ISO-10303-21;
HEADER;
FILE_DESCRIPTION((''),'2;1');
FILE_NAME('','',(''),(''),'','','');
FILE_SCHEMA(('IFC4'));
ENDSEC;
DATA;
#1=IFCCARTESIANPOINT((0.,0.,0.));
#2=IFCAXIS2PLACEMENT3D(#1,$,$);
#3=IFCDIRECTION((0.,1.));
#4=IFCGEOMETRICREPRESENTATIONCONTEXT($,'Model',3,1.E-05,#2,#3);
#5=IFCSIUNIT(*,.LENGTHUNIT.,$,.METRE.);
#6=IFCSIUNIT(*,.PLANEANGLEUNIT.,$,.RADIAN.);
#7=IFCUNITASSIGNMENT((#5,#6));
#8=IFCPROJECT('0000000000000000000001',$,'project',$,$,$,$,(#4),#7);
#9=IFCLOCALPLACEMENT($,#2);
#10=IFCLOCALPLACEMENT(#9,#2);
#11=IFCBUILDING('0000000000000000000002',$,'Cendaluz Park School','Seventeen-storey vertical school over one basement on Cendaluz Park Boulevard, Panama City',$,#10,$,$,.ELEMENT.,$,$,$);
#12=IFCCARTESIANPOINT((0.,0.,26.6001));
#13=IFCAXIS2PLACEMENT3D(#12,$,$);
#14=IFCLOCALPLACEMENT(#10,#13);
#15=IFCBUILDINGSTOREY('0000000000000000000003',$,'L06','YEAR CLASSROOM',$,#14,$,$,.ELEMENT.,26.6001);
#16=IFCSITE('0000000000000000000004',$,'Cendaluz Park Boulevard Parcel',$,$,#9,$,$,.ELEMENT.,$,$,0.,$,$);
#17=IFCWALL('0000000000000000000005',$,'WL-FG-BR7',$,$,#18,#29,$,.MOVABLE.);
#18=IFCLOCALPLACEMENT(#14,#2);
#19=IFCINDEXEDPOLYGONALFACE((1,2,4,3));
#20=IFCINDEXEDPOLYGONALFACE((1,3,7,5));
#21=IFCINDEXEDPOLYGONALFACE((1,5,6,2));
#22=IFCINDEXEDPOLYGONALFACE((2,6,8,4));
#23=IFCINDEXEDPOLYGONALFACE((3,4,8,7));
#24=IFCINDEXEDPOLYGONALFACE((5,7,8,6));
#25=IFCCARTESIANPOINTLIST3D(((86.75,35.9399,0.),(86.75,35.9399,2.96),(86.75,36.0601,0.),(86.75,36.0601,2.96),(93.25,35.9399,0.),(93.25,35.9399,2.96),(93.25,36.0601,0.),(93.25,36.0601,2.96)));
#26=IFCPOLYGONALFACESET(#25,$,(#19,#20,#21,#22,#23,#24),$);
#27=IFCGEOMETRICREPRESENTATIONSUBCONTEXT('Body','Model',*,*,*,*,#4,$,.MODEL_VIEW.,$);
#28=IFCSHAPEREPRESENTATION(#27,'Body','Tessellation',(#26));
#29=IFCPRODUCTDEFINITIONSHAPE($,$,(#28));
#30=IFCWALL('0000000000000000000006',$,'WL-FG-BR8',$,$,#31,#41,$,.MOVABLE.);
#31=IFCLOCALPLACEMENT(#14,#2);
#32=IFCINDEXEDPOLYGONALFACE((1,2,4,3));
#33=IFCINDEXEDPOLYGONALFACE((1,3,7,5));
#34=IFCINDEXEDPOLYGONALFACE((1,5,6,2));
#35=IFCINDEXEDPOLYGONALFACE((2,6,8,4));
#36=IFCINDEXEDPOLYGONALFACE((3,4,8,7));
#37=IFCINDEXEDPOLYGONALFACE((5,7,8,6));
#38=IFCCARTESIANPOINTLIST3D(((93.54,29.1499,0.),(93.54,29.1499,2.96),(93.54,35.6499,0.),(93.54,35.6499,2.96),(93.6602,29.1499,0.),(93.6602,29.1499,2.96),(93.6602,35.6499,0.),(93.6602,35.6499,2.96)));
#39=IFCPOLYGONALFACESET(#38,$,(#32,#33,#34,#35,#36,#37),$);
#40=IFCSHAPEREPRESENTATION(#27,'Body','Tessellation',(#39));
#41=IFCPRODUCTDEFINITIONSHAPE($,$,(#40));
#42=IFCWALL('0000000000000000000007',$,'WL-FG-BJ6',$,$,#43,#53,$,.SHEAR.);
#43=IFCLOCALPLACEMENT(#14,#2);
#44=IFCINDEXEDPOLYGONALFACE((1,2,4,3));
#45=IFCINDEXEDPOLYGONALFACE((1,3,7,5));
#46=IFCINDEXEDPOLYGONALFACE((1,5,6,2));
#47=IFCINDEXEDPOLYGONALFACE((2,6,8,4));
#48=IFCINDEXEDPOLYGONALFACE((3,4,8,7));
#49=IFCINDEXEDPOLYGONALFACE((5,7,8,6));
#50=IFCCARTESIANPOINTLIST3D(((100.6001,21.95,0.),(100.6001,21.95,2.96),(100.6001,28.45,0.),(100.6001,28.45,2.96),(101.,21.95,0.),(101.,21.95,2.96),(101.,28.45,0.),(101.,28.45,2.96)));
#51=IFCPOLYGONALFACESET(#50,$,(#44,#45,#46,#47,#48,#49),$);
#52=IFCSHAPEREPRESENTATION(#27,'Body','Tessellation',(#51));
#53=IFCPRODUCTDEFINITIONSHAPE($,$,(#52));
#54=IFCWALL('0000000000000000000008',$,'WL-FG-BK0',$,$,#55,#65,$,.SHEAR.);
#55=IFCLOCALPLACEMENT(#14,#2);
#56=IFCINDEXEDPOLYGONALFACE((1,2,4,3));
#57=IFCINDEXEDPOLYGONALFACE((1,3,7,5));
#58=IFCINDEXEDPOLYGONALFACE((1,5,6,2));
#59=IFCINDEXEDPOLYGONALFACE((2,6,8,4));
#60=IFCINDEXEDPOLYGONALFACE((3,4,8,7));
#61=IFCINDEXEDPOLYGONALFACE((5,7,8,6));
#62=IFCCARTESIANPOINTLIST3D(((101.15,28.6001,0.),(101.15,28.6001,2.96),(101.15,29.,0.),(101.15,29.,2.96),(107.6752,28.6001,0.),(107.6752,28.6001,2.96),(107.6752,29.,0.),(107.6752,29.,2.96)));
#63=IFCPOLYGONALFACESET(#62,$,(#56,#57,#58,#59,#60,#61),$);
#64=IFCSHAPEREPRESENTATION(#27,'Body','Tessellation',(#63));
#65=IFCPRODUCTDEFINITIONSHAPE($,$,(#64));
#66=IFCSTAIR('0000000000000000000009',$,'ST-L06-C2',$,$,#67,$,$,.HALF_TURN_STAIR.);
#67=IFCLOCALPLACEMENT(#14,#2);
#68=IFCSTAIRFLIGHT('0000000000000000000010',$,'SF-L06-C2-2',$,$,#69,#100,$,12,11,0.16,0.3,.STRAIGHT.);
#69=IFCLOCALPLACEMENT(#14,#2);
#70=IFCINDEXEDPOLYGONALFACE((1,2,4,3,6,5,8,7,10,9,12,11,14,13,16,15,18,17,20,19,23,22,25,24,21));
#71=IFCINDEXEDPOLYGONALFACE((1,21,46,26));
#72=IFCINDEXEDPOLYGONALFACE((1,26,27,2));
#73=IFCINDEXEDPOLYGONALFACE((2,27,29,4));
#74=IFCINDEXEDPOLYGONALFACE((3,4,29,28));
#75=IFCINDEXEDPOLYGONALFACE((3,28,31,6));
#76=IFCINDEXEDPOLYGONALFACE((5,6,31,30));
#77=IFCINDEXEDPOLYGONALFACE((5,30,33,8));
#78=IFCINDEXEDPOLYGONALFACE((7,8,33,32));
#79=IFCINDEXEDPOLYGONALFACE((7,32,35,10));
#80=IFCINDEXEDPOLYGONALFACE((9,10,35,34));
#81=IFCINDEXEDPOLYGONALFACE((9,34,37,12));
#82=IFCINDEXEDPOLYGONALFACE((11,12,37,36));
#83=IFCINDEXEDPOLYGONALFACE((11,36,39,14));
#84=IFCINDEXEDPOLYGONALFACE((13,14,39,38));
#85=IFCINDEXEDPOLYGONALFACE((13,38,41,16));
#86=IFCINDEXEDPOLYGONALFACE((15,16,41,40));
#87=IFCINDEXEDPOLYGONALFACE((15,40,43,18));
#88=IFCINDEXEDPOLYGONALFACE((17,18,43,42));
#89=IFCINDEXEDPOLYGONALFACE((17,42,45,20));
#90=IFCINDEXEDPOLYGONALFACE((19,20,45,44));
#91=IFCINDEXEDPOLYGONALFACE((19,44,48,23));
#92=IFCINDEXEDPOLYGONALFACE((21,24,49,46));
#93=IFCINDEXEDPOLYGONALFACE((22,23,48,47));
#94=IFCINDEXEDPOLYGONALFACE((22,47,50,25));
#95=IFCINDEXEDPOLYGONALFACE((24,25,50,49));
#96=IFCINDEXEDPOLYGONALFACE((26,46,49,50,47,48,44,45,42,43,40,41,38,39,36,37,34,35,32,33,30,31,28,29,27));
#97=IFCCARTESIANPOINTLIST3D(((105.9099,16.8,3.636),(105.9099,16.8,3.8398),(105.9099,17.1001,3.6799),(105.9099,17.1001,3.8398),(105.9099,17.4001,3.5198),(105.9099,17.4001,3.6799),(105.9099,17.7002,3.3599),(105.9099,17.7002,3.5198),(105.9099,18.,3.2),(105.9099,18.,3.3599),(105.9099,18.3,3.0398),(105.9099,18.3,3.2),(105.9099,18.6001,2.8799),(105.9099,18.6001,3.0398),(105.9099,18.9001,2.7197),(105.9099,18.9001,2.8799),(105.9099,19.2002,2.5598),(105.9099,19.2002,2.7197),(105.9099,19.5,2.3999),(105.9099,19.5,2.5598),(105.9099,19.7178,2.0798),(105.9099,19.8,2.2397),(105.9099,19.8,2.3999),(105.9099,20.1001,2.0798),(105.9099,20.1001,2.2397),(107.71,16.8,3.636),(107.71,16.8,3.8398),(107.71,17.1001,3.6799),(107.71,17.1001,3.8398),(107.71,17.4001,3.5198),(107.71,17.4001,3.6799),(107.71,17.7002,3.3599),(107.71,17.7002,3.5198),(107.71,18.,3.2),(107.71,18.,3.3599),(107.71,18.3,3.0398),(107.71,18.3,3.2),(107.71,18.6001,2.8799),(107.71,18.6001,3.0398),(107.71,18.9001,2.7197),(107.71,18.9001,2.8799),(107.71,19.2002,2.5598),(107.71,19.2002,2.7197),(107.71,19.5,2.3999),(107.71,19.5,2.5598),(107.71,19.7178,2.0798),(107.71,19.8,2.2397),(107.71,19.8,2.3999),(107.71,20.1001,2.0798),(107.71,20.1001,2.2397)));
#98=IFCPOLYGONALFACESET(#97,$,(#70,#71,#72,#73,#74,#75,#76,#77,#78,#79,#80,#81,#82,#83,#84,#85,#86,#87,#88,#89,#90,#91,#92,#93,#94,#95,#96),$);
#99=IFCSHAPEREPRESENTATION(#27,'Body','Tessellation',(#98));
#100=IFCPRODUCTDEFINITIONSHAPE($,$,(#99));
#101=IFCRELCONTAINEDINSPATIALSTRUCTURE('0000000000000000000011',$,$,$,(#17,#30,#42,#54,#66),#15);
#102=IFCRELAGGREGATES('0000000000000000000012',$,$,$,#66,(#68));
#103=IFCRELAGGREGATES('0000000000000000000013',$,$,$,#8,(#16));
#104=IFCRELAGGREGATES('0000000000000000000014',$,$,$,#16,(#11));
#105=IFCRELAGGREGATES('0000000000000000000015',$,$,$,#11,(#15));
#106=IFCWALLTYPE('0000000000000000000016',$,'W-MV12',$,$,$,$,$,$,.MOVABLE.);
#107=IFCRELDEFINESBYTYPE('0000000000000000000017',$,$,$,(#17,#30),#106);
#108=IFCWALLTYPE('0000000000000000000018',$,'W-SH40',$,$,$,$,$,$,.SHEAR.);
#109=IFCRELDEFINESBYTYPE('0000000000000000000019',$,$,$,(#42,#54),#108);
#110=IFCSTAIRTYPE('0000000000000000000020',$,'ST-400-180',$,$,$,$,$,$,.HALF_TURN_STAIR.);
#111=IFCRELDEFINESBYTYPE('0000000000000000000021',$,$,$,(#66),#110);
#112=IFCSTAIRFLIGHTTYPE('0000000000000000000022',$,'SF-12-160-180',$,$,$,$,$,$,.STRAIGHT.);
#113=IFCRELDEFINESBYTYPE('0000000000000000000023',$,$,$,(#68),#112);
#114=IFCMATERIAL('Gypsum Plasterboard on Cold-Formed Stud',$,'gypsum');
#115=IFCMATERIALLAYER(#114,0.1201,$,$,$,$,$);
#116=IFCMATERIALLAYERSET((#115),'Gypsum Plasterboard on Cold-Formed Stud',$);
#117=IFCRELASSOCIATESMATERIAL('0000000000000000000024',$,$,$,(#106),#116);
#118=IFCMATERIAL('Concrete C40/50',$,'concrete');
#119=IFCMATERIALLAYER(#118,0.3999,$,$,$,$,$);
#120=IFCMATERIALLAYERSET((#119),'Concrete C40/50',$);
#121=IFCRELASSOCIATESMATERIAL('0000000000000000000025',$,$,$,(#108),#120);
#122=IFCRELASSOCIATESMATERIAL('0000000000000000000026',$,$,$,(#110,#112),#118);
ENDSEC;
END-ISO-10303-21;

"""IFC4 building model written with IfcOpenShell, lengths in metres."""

from ifc_helpers import new_model, si_unit, direction, frame, frame_2d, origin, place, context, subcontext, project, spatial, polyline, rectangle, outline, extrude, material, layer, layer_set, type_object, element, aggregate, save


model = new_model("IFC4")

# Units and contexts
model_context = context("Model", 3, precision=1e-05, world=origin(), true_north=direction((0.0, 1.0)))
body_context = subcontext(model_context, "Body", "Model", "MODEL_VIEW")
ifc_project = project(units=[si_unit("LENGTHUNIT", "METRE"), si_unit("PLANEANGLEUNIT", "RADIAN")], contexts=[model_context])

# Site, building, storey
site_placement = place(None, origin())
site = spatial("IfcSite", under=ifc_project, at=site_placement, Name="Cendaluz Park Boulevard Parcel", CompositionType="ELEMENT", RefElevation=0.0)
building_placement = place(site_placement, origin())
building = spatial("IfcBuilding", under=site, at=building_placement, Name="Cendaluz Park School", Description="Seventeen-storey vertical school over one basement on Cendaluz Park Boulevard, Panama City", CompositionType="ELEMENT")
storey_placement = place(building_placement, frame((0.0, 0.0, 26.6001)))
storey = spatial("IfcBuildingStorey", under=building, at=storey_placement, Name="L06", Description="YEAR CLASSROOM", CompositionType="ELEMENT", Elevation=26.6001)

# Shared definitions
ifc_material_1 = material(Name="Concrete C40/50", Category="concrete")

# Shared definitions
ifc_material_2 = material(Name="Gypsum Plasterboard on Cold-Formed Stud", Category="gypsum")

# Walls
ifc_layer_1 = layer(ifc_material_2, 0.1201)
ifc_layer_set_1 = layer_set([ifc_layer_1], Name="Gypsum Plasterboard on Cold-Formed Stud")
wall_type_1 = type_object("IfcWallType", Name="W-MV12", PredefinedType="MOVABLE", material=ifc_layer_set_1)
for number, where, z_axis, x_axis, name in (
    (1, (86.75, 36.0, 0.0), (0.0, 0.0, 1.0), (1.0, 0.0, 0.0), "WL-FG-BR7"),
    (2, (93.6001, 29.1499, 0.0), (0.0, 0.0, 1.0), (0.0, 1.0, 0.0), "WL-FG-BR8"),
):
    element("IfcWall", number, at=place(storey_placement, frame(where, z_axis=z_axis, x_axis=x_axis)), inside=storey, type_object=wall_type_1, Name=name, PredefinedType="MOVABLE", context=body_context, shape_type="SweptSolid", body=[
        extrude(rectangle(XDim=6.5, YDim=0.1201, at=frame_2d((3.25, 0.0))), origin(), (0.0, 0.0, 1.0), 2.96),
    ])
ifc_layer_2 = layer(ifc_material_1, 0.3999)
ifc_layer_set_2 = layer_set([ifc_layer_2], Name="Concrete C40/50")
wall_type_2 = type_object("IfcWallType", Name="W-SH40", PredefinedType="SHEAR", material=ifc_layer_set_2)
wall_1_placement = place(storey_placement, frame((100.8, 21.95, 0.0), z_axis=(0.0, 0.0, 1.0), x_axis=(0.0, 1.0, 0.0)))
element("IfcWall", 3, at=wall_1_placement, inside=storey, type_object=wall_type_2, Name="WL-FG-BJ6", PredefinedType="SHEAR", context=body_context, shape_type="SweptSolid", body=[
    extrude(rectangle(XDim=6.5, YDim=0.3999, at=frame_2d((3.25, 0.0))), origin(), (0.0, 0.0, 1.0), 2.96),
])
wall_2_placement = place(storey_placement, frame((101.1499, 28.8, 0.0), z_axis=(0.0, 0.0, 1.0), x_axis=(1.0, 0.0, 0.0)))
element("IfcWall", 4, at=wall_2_placement, inside=storey, type_object=wall_type_2, Name="WL-FG-BK0", PredefinedType="SHEAR", context=body_context, shape_type="SweptSolid", body=[
    extrude(rectangle(XDim=6.5251, YDim=0.3999, at=frame_2d((3.2627, 0.0))), origin(), (0.0, 0.0, 1.0), 2.96),
])

# Stair, stair flight
stair_type = type_object("IfcStairType", Name="ST-400-180", PredefinedType="HALF_TURN_STAIR", material=ifc_material_1)
stair_placement = place(storey_placement, origin())
stair = element("IfcStair", 5, at=stair_placement, inside=storey, type_object=stair_type, Name="ST-L06-C2", PredefinedType="HALF_TURN_STAIR")
stair_flight_type = type_object("IfcStairFlightType", Name="SF-12-160-180", PredefinedType="STRAIGHT", material=ifc_material_1)
stair_flight_placement = place(storey_placement, frame((106.8101, 20.1001, 2.0798), z_axis=(0.0, 0.0, 1.0), x_axis=(0.0, -1.0, 0.0)))
stair_flight = element("IfcStairFlight", 6, at=stair_flight_placement, type_object=stair_flight_type, Name="SF-L06-C2-2", NumberOfRisers=12, NumberOfTreads=11, PredefinedType="STRAIGHT", RiserHeight=0.16, TreadLength=0.3, context=body_context, shape_type="SweptSolid", body=[
    extrude(outline(polyline([(0.0, 0.0), (0.0, 0.1599), (0.3, 0.1599), (0.3, 0.3201), (0.6001, 0.3201), (0.6001, 0.48), (0.8999, 0.48), (0.8999, 0.6399), (1.2, 0.6399), (1.2, 0.8), (1.5, 0.8), (1.5, 0.96), (1.8, 0.96), (1.8, 1.1201), (2.1001, 1.1201), (2.1001, 1.28), (2.3999, 1.28), (2.3999, 1.4399), (2.7, 1.4399), (2.7, 1.6001), (3.0, 1.6001), (3.0, 1.76), (3.3, 1.76), (3.3, 1.9199), (3.3, 1.5562), (0.3823, 0.0), (0.0, 0.0)])), frame((0.0, 0.8999, 0.0), z_axis=(0.0, -1.0, 0.0), x_axis=(1.0, 0.0, 0.0)), (0.0, 0.0, 1.0), 1.8),
])
aggregate(stair, [stair_flight])

save(model, "model.ifc")
